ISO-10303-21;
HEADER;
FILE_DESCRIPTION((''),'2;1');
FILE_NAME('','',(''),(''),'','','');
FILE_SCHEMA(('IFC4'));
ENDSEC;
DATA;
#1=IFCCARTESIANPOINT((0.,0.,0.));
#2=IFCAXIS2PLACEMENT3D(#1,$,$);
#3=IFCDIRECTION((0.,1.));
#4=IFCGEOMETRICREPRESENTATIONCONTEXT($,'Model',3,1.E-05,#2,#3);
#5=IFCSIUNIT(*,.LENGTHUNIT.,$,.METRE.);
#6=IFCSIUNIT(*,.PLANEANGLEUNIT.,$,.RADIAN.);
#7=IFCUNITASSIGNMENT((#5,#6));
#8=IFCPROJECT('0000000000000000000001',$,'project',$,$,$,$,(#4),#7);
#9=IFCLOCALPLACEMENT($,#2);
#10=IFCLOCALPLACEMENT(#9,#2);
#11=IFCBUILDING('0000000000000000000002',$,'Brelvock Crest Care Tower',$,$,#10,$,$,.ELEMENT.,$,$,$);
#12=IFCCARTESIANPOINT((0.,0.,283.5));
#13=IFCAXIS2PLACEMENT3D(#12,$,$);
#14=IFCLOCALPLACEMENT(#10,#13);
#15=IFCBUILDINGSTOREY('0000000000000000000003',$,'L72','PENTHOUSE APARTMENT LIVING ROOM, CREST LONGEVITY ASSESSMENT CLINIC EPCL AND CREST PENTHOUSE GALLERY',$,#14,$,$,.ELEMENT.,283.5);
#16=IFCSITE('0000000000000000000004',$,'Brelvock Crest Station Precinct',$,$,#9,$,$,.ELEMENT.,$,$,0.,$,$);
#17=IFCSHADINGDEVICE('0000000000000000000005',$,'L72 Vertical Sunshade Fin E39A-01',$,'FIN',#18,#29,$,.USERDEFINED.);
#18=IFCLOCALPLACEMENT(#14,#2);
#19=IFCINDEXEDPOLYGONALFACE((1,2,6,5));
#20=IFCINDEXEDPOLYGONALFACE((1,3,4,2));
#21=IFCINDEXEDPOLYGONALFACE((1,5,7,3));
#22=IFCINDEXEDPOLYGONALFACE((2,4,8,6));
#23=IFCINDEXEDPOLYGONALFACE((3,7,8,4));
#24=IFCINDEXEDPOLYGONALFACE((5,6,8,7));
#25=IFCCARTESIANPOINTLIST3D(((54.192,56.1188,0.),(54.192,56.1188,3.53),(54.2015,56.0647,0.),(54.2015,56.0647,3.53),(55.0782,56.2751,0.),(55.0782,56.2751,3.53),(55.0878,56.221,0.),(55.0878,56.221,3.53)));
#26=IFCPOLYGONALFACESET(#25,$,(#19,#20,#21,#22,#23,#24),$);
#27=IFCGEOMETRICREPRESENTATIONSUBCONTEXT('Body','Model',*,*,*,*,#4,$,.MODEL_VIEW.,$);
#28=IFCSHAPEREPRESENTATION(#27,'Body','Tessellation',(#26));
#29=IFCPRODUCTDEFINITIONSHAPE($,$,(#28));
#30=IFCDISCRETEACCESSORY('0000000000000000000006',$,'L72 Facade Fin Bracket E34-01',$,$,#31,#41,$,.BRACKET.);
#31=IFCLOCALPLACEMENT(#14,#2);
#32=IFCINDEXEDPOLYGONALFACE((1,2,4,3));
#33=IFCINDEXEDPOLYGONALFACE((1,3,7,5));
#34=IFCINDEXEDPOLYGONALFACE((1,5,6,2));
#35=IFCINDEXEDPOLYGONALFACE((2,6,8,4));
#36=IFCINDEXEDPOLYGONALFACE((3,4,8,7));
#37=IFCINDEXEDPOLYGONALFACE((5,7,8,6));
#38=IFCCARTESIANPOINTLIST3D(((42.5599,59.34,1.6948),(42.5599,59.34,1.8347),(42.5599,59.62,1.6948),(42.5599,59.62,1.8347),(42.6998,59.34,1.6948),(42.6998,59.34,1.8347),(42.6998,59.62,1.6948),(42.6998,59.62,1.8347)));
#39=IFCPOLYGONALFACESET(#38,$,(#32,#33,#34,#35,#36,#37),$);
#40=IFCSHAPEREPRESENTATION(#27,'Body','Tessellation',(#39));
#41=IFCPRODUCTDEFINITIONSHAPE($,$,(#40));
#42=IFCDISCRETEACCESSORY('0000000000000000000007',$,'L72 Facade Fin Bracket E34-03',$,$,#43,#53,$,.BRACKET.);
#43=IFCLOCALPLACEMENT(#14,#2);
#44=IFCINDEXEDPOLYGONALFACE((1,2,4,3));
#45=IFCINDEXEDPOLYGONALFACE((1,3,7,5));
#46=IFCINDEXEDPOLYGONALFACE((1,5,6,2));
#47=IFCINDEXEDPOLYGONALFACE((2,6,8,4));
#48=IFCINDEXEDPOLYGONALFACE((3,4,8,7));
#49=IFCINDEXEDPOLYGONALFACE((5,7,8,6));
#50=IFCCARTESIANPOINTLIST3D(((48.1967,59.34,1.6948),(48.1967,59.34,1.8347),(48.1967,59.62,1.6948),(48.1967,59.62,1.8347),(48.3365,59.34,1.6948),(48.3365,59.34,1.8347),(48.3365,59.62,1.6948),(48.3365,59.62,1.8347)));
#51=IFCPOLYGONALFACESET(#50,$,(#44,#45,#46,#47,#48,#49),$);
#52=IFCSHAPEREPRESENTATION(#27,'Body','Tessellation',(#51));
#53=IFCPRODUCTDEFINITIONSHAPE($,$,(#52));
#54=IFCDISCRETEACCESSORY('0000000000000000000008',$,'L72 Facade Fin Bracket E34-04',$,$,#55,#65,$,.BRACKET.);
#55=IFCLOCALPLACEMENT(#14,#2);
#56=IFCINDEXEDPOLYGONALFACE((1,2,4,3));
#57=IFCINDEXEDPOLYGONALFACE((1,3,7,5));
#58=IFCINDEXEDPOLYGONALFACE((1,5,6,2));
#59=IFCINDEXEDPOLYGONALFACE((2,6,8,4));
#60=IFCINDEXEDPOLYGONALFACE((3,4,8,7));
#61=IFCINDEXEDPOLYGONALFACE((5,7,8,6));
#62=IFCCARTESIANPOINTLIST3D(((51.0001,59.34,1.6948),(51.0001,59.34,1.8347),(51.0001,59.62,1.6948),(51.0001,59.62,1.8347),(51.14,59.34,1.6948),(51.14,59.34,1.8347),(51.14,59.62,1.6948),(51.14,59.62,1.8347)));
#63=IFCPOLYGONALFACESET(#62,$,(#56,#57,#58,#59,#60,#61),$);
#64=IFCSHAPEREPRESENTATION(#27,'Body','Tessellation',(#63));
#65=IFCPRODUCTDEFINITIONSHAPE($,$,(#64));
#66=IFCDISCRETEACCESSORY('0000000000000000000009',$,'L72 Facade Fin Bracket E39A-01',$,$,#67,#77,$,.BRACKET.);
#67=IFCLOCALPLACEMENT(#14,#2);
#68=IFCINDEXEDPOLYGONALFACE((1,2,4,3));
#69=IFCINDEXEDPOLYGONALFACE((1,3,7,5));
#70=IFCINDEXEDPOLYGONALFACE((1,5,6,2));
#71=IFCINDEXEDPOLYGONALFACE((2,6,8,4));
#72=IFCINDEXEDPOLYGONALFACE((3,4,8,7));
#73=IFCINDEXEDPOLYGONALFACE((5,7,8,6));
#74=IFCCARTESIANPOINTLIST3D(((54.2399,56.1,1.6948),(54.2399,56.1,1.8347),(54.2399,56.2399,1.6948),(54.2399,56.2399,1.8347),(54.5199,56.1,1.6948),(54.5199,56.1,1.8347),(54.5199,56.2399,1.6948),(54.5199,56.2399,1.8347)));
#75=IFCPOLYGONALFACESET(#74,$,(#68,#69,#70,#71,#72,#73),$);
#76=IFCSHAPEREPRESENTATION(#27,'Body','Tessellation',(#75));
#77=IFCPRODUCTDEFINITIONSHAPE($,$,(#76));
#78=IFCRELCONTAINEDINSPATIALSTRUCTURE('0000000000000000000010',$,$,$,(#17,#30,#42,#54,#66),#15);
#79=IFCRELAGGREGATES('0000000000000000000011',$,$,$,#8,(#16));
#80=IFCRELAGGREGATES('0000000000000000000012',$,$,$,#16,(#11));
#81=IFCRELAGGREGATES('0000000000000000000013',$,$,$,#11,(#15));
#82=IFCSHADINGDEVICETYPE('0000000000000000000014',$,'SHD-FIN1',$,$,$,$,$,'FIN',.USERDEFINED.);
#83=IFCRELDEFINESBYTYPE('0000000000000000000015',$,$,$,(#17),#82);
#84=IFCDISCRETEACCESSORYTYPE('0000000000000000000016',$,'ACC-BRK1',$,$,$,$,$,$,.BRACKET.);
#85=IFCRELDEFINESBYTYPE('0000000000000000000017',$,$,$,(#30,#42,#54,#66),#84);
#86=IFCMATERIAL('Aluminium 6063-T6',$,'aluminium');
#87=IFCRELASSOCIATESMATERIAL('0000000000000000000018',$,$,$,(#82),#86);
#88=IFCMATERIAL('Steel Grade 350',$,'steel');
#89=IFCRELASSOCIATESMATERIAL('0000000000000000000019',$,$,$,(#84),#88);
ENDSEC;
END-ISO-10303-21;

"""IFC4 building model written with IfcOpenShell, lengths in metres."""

from ifc_helpers import new_model, si_unit, direction, frame, origin, origin_2d, place, context, subcontext, project, spatial, rectangle, extrude, source, transform, mapped, material, material_profile, profile_set, type_object, element, save


model = new_model("IFC4")

# Units and contexts
model_context = context("Model", 3, precision=1e-05, world=origin(), true_north=direction((0.0, 1.0)))
body_context = subcontext(model_context, "Body", "Model", "MODEL_VIEW")
ifc_project = project(units=[si_unit("LENGTHUNIT", "METRE"), si_unit("PLANEANGLEUNIT", "RADIAN")], contexts=[model_context])

# Site, building, storey
site_placement = place(None, origin())
site = spatial("IfcSite", under=ifc_project, at=site_placement, Name="Brelvock Crest Station Precinct", CompositionType="ELEMENT", RefElevation=0.0)
building_placement = place(site_placement, origin())
building = spatial("IfcBuilding", under=site, at=building_placement, Name="Brelvock Crest Care Tower", CompositionType="ELEMENT")
storey_placement = place(building_placement, frame((0.0, 0.0, 283.5)))
storey = spatial("IfcBuildingStorey", under=building, at=storey_placement, Name="L72", Description="PENTHOUSE APARTMENT LIVING ROOM, CREST LONGEVITY ASSESSMENT CLINIC EPCL AND CREST PENTHOUSE GALLERY", CompositionType="ELEMENT", Elevation=283.5)

# Shared definitions
ifc_material_1 = material(Name="Aluminium 6063-T6", Category="aluminium")

# Shading device
ifc_material_profile_1 = material_profile(ifc_material_1, rectangle(XDim=0.0549, YDim=0.8999, at=origin_2d()), Name="FIN55x900")
ifc_profile_set_1 = profile_set([ifc_material_profile_1], Name="Aluminium 6063-T6")
shading_device_type = type_object("IfcShadingDeviceType", Name="SHD-FIN1", ElementType="FIN", PredefinedType="USERDEFINED", material=ifc_profile_set_1)
shared_shape_1 = source(origin(), body_context, "Body", "SweptSolid", [
    extrude(rectangle(XDim=0.0549, YDim=0.8999, at=origin_2d()), origin(), (0.0, 0.0, 1.0), 3.53),
])
for number, where, z_axis, x_axis, name in (
    (1, (54.6399, 56.1699, 0.0), (0.0, 0.0, 1.0), (0.173648, -0.984808, 0.0), "L72 Vertical Sunshade Fin E39A-01"),
):
    element("IfcShadingDevice", number, at=place(storey_placement, frame(where, z_axis=z_axis, x_axis=x_axis)), inside=storey, type_object=shading_device_type, Name=name, ObjectType="FIN", PredefinedType="USERDEFINED", context=body_context, shape_type="MappedRepresentation", body=[
        mapped(shared_shape_1, transform((0.0, 0.0, 0.0), x_axis=(1.0, 0.0, 0.0), y_axis=(0.0, 1.0, 0.0), z_axis=(0.0, 0.0, 1.0), scale=1.0)),
    ])

# Discrete accessories
ifc_material_2 = material(Name="Steel Grade 350", Category="steel")
discrete_accessory_type = type_object("IfcDiscreteAccessoryType", Name="ACC-BRK1", PredefinedType="BRACKET", material=ifc_material_2)
shared_shape_2 = source(origin(), body_context, "Body", "SweptSolid", [
    extrude(rectangle(XDim=0.28, YDim=0.1399, at=origin_2d()), origin(), (0.0, 0.0, 1.0), 0.1399),
])
for number, where, z_axis, x_axis, name in (
    (2, (42.6299, 59.48, 1.6948), (0.0, 0.0, 1.0), (0.0, 1.0, 0.0), "L72 Facade Fin Bracket E34-01"),
    (3, (48.2666, 59.48, 1.6948), (0.0, 0.0, 1.0), (0.0, 1.0, 0.0), "L72 Facade Fin Bracket E34-03"),
    (4, (51.0701, 59.48, 1.6948), (0.0, 0.0, 1.0), (0.0, 1.0, 0.0), "L72 Facade Fin Bracket E34-04"),
    (5, (54.3799, 56.1699, 1.6948), (0.0, 0.0, 1.0), (1.0, 0.0, 0.0), "L72 Facade Fin Bracket E39A-01"),
):
    element("IfcDiscreteAccessory", number, at=place(storey_placement, frame(where, z_axis=z_axis, x_axis=x_axis)), inside=storey, type_object=discrete_accessory_type, Name=name, PredefinedType="BRACKET", context=body_context, shape_type="MappedRepresentation", body=[
        mapped(shared_shape_2, transform((0.0, 0.0, 0.0), x_axis=(1.0, 0.0, 0.0), y_axis=(0.0, 1.0, 0.0), z_axis=(0.0, 0.0, 1.0), scale=1.0)),
    ])

save(model, "model.ifc")
